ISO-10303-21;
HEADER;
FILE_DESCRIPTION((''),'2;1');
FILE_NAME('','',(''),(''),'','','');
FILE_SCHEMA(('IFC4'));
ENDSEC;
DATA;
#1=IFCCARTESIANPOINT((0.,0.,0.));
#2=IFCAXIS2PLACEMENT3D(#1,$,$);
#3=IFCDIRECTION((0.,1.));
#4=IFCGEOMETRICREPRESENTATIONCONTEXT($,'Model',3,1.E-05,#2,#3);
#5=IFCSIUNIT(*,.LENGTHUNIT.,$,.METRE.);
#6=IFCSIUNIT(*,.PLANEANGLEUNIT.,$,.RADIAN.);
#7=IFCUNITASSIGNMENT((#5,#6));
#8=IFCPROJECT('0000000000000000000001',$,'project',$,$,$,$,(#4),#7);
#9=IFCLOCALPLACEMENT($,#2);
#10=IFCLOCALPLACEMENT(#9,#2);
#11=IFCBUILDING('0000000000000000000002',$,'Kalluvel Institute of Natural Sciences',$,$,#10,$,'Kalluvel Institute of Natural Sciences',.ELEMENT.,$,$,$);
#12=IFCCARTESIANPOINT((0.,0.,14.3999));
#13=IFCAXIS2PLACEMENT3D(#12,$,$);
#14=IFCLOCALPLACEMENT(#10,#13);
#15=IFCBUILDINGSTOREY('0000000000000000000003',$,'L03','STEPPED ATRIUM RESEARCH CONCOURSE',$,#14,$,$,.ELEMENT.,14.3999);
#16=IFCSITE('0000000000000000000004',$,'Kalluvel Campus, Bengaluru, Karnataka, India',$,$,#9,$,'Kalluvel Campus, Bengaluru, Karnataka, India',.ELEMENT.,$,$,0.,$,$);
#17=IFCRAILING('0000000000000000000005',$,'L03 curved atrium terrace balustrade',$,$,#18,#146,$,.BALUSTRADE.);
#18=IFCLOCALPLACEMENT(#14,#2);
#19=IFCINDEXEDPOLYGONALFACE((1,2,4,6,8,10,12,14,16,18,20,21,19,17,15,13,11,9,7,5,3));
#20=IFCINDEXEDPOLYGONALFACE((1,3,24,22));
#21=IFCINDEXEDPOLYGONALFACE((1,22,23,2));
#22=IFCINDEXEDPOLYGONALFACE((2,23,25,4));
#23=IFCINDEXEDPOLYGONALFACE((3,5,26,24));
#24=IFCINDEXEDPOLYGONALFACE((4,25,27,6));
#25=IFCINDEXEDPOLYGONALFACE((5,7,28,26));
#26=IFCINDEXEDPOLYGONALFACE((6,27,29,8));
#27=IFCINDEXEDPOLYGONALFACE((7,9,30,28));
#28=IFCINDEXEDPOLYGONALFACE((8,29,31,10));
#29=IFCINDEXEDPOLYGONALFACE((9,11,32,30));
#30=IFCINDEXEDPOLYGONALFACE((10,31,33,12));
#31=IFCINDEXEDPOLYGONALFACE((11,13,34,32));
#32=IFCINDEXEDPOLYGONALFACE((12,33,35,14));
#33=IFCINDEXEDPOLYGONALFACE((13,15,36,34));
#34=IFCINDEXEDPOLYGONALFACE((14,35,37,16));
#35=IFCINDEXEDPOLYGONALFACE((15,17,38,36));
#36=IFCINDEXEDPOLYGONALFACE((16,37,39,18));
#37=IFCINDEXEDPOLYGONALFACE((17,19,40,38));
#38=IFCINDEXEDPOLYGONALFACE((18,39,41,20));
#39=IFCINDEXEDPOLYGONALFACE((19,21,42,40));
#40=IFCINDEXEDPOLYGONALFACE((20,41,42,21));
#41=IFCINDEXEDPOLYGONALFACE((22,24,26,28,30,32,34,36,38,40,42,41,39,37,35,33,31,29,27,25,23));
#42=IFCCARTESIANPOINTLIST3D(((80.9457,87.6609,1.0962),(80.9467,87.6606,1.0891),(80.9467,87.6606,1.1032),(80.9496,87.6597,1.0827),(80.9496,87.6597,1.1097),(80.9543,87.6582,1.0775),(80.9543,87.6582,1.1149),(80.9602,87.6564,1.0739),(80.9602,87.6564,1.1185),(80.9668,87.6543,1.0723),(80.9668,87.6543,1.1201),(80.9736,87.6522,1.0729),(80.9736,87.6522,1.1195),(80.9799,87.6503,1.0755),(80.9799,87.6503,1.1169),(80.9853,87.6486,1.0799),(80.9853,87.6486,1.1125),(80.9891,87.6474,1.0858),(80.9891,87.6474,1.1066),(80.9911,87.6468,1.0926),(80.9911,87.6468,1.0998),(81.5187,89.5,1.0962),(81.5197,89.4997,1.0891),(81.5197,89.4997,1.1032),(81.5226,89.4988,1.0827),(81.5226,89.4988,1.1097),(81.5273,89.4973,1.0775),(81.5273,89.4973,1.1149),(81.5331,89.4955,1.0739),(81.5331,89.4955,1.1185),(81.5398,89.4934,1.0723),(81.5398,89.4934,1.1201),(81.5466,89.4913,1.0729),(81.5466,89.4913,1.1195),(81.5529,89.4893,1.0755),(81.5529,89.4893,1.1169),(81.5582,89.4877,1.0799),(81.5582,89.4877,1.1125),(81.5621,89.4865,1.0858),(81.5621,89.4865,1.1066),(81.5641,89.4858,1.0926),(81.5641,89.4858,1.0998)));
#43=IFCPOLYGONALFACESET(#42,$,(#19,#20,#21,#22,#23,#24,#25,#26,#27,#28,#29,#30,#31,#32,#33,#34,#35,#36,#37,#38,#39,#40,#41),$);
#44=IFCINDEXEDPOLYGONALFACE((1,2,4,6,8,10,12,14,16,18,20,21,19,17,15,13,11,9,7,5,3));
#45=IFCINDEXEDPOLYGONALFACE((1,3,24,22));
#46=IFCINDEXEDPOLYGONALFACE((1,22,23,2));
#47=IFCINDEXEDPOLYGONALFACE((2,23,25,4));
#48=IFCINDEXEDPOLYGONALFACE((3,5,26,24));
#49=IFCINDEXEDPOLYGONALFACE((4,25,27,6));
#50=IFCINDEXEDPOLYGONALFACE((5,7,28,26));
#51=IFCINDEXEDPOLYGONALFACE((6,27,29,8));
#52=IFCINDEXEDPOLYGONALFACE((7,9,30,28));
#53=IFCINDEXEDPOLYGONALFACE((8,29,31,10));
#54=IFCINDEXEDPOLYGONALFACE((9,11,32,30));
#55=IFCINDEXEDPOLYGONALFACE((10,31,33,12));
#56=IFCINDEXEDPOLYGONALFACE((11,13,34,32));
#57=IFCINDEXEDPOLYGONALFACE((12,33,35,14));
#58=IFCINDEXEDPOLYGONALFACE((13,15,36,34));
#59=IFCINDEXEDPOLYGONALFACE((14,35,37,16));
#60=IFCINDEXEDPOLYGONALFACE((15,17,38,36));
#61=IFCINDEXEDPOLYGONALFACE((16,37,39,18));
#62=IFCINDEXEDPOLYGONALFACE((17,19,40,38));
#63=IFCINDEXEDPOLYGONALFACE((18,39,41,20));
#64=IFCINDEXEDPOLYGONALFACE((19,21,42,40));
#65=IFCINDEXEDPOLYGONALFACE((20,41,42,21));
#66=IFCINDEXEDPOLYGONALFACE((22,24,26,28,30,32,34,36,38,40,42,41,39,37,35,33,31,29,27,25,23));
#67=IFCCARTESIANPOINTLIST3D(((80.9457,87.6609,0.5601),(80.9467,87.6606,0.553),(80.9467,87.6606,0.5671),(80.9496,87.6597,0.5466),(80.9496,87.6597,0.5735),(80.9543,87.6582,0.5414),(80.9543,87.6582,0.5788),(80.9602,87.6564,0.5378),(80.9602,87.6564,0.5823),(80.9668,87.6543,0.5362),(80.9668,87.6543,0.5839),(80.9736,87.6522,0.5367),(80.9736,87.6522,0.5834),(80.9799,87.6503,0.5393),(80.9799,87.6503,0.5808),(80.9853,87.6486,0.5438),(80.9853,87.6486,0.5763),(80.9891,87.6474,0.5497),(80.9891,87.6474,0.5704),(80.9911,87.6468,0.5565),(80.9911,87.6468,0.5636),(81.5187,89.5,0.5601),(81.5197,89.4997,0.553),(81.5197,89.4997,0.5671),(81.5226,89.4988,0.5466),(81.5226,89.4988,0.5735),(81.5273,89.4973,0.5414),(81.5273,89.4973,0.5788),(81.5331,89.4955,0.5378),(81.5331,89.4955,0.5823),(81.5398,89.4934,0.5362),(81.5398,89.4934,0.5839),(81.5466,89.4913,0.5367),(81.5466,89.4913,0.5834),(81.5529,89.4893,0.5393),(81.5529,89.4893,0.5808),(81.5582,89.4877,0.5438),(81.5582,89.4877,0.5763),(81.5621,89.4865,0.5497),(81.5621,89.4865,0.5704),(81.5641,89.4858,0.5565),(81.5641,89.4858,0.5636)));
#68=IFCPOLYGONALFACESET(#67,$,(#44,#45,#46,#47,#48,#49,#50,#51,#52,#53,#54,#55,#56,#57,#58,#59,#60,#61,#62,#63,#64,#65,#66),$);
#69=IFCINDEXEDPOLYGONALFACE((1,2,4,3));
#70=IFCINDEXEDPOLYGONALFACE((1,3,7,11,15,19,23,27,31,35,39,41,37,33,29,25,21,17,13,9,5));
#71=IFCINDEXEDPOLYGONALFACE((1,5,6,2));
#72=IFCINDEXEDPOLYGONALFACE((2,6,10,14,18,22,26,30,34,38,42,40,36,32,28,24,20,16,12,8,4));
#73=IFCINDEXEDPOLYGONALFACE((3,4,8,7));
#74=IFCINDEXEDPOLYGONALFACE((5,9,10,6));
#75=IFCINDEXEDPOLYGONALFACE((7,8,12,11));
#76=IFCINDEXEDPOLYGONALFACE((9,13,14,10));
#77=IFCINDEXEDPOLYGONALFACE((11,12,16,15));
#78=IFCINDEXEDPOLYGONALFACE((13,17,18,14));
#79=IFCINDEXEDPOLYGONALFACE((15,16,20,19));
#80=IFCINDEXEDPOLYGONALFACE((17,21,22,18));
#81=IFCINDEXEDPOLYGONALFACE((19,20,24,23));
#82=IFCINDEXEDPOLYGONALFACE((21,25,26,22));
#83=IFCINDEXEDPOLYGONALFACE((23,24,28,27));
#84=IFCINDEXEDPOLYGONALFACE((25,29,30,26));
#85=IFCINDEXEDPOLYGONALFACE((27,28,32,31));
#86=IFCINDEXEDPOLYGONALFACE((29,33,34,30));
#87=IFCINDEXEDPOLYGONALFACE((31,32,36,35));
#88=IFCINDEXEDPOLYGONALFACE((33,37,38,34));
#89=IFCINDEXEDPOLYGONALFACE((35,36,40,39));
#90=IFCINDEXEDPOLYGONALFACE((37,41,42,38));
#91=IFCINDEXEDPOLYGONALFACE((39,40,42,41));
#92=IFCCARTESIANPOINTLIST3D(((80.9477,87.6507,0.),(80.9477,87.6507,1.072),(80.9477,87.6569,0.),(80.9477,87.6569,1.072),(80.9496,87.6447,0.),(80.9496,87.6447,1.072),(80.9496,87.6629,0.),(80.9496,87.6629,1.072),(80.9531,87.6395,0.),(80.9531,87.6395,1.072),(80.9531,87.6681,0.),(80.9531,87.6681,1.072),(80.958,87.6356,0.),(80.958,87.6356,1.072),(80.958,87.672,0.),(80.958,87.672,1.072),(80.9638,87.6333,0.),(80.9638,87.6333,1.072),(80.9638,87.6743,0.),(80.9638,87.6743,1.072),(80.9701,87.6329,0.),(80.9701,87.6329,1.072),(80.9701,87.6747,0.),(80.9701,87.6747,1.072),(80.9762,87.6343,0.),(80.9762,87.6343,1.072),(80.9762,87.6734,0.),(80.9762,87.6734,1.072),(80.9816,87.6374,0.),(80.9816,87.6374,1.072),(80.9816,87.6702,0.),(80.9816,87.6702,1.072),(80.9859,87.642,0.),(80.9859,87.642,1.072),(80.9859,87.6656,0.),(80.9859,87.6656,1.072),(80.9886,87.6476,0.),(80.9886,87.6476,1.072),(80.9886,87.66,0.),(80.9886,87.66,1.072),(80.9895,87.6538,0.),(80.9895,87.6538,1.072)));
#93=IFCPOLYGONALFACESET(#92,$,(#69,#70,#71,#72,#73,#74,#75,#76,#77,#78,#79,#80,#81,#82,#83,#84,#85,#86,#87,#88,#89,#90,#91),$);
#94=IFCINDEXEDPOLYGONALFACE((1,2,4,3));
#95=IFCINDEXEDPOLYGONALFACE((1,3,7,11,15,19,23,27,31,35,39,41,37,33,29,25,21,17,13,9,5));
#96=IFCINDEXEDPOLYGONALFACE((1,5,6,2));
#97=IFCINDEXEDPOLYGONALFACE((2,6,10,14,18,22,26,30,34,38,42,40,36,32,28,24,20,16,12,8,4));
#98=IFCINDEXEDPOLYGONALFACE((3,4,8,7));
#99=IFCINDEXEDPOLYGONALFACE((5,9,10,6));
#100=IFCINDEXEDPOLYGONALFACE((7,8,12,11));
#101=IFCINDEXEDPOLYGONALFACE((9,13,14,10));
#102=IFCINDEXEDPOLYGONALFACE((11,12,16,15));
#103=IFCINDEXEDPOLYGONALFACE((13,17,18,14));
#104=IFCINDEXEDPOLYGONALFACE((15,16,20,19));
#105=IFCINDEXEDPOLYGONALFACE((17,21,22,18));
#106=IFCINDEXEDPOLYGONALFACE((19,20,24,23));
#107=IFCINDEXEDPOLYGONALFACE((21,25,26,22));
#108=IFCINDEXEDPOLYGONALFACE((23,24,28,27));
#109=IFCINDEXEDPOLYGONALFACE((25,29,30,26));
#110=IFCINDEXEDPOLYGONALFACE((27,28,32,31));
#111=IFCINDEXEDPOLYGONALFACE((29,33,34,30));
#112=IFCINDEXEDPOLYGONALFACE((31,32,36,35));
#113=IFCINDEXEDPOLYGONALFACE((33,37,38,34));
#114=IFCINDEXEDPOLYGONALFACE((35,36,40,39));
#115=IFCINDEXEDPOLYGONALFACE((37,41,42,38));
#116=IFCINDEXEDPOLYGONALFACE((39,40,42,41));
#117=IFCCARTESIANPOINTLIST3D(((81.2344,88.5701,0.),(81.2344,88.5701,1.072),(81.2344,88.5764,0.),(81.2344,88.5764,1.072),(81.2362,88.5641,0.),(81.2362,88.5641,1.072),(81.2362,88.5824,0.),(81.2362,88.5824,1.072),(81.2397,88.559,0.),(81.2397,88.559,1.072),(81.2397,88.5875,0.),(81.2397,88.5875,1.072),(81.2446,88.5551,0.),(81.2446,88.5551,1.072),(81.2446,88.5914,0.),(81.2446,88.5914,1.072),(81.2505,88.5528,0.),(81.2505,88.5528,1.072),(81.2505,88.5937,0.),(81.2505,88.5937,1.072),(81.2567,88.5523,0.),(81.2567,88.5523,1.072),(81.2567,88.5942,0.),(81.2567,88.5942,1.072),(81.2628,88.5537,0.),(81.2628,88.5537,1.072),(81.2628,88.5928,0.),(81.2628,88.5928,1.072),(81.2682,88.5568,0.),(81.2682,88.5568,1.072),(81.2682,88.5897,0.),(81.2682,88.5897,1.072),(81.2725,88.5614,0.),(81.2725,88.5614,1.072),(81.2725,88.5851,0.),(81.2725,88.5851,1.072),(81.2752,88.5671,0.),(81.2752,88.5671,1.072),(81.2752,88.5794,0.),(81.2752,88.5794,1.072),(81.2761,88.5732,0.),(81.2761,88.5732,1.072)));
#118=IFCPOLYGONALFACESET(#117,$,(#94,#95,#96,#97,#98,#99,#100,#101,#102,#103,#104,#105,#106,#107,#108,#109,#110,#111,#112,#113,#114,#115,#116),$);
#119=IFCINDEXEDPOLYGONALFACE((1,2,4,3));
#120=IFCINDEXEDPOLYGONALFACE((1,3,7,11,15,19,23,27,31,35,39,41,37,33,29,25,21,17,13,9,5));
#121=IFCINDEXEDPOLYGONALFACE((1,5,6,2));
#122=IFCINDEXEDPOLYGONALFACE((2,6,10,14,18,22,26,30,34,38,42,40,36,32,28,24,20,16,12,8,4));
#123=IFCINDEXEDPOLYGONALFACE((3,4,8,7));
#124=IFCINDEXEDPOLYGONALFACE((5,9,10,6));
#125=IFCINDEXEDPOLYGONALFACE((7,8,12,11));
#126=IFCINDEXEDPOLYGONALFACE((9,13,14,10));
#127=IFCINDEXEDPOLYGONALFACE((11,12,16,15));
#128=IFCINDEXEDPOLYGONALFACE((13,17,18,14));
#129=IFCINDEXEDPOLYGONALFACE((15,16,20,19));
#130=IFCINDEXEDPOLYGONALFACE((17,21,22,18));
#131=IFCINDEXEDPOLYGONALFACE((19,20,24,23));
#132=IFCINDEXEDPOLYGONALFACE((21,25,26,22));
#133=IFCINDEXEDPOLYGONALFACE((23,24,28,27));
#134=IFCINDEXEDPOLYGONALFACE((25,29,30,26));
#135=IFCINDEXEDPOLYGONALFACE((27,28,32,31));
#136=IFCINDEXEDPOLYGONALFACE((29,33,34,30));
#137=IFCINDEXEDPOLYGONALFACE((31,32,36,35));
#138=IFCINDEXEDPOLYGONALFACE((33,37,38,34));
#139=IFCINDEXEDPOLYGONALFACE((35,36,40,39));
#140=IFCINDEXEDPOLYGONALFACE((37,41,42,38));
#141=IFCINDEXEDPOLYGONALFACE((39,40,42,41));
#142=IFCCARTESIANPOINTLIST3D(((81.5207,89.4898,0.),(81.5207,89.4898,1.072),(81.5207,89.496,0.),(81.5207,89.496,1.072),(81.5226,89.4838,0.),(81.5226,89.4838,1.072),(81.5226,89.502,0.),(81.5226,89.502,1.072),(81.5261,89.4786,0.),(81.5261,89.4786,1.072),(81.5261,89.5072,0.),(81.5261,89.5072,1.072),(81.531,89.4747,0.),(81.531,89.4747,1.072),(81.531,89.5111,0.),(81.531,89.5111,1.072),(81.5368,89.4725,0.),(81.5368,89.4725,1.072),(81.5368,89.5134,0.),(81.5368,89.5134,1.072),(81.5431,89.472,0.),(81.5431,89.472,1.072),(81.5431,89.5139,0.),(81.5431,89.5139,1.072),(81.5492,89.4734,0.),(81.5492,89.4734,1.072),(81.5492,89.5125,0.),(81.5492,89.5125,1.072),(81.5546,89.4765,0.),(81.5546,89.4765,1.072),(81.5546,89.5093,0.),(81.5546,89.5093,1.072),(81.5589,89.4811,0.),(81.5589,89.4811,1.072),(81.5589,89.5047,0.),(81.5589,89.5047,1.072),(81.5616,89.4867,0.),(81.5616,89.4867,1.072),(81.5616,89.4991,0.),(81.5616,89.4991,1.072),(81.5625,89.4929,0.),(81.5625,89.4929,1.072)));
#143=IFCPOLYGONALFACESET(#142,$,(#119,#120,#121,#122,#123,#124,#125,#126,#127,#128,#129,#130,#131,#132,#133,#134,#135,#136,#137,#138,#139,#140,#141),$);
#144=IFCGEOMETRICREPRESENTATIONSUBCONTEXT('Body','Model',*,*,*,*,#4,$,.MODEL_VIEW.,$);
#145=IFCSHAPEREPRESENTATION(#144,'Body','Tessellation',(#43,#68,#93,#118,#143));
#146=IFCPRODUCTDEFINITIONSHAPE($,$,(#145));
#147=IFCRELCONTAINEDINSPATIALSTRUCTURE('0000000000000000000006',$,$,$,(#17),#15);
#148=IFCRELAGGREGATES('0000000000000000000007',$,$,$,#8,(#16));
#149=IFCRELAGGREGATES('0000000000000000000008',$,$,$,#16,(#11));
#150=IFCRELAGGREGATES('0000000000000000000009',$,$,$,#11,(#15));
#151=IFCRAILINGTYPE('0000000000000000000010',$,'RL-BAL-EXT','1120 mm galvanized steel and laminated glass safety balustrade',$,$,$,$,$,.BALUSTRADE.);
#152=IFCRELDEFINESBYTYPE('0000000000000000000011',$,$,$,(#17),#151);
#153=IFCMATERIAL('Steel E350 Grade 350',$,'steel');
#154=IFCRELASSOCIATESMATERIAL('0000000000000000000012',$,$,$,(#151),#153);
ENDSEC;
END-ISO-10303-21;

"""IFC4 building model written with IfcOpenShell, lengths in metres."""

from ifc_helpers import new_model, si_unit, direction, frame, origin, origin_2d, place, context, subcontext, project, spatial, circle, extrude, material, type_object, element, save


model = new_model("IFC4")

# Units and contexts
model_context = context("Model", 3, precision=1e-05, world=origin(), true_north=direction((0.0, 1.0)))
body_context = subcontext(model_context, "Body", "Model", "MODEL_VIEW")
ifc_project = project(units=[si_unit("LENGTHUNIT", "METRE"), si_unit("PLANEANGLEUNIT", "RADIAN")], contexts=[model_context])

# Site, building, storey
site_placement = place(None, origin())
site = spatial("IfcSite", under=ifc_project, at=site_placement, Name="Kalluvel Campus, Bengaluru, Karnataka, India", LongName="Kalluvel Campus, Bengaluru, Karnataka, India", CompositionType="ELEMENT", RefElevation=0.0)
building_placement = place(site_placement, origin())
building = spatial("IfcBuilding", under=site, at=building_placement, Name="Kalluvel Institute of Natural Sciences", LongName="Kalluvel Institute of Natural Sciences", CompositionType="ELEMENT")
storey_placement = place(building_placement, frame((0.0, 0.0, 14.3999)))
storey = spatial("IfcBuildingStorey", under=building, at=storey_placement, Name="L03", Description="STEPPED ATRIUM RESEARCH CONCOURSE", CompositionType="ELEMENT", Elevation=14.3999)

# Railing
ifc_material_1 = material(Name="Steel E350 Grade 350", Category="steel")
railing_type = type_object("IfcRailingType", Name="RL-BAL-EXT", Description="1120 mm galvanized steel and laminated glass safety balustrade", PredefinedType="BALUSTRADE", material=ifc_material_1)
railing_1_placement = place(storey_placement, frame((80.9685, 87.6538, 0.0)))
element("IfcRailing", 1, at=railing_1_placement, inside=storey, type_object=railing_type, Name="L03 curved atrium terrace balustrade", PredefinedType="BALUSTRADE", context=body_context, shape_type="SweptSolid", body=[
    extrude(circle(Radius=0.0239, at=origin_2d()), frame((0.0, 0.0, 1.0962), z_axis=(0.297459, 0.954734, 0.0), x_axis=(-0.954734, 0.297459, 0.0)), (0.0, 0.0, 1.0), 1.9263),
    extrude(circle(Radius=0.0239, at=origin_2d()), frame((0.0, 0.0, 0.5601), z_axis=(0.297459, 0.954734, 0.0), x_axis=(-0.954734, 0.297459, 0.0)), (0.0, 0.0, 1.0), 1.9263),
    extrude(circle(Radius=0.021, at=origin_2d()), origin(), (0.0, 0.0, 1.0), 1.072),
    extrude(circle(Radius=0.021, at=origin_2d()), frame((0.2866, 0.9194, 0.0)), (0.0, 0.0, 1.0), 1.072),
    extrude(circle(Radius=0.021, at=origin_2d()), frame((0.573, 1.8391, 0.0)), (0.0, 0.0, 1.0), 1.072),
])

save(model, "model.ifc")
